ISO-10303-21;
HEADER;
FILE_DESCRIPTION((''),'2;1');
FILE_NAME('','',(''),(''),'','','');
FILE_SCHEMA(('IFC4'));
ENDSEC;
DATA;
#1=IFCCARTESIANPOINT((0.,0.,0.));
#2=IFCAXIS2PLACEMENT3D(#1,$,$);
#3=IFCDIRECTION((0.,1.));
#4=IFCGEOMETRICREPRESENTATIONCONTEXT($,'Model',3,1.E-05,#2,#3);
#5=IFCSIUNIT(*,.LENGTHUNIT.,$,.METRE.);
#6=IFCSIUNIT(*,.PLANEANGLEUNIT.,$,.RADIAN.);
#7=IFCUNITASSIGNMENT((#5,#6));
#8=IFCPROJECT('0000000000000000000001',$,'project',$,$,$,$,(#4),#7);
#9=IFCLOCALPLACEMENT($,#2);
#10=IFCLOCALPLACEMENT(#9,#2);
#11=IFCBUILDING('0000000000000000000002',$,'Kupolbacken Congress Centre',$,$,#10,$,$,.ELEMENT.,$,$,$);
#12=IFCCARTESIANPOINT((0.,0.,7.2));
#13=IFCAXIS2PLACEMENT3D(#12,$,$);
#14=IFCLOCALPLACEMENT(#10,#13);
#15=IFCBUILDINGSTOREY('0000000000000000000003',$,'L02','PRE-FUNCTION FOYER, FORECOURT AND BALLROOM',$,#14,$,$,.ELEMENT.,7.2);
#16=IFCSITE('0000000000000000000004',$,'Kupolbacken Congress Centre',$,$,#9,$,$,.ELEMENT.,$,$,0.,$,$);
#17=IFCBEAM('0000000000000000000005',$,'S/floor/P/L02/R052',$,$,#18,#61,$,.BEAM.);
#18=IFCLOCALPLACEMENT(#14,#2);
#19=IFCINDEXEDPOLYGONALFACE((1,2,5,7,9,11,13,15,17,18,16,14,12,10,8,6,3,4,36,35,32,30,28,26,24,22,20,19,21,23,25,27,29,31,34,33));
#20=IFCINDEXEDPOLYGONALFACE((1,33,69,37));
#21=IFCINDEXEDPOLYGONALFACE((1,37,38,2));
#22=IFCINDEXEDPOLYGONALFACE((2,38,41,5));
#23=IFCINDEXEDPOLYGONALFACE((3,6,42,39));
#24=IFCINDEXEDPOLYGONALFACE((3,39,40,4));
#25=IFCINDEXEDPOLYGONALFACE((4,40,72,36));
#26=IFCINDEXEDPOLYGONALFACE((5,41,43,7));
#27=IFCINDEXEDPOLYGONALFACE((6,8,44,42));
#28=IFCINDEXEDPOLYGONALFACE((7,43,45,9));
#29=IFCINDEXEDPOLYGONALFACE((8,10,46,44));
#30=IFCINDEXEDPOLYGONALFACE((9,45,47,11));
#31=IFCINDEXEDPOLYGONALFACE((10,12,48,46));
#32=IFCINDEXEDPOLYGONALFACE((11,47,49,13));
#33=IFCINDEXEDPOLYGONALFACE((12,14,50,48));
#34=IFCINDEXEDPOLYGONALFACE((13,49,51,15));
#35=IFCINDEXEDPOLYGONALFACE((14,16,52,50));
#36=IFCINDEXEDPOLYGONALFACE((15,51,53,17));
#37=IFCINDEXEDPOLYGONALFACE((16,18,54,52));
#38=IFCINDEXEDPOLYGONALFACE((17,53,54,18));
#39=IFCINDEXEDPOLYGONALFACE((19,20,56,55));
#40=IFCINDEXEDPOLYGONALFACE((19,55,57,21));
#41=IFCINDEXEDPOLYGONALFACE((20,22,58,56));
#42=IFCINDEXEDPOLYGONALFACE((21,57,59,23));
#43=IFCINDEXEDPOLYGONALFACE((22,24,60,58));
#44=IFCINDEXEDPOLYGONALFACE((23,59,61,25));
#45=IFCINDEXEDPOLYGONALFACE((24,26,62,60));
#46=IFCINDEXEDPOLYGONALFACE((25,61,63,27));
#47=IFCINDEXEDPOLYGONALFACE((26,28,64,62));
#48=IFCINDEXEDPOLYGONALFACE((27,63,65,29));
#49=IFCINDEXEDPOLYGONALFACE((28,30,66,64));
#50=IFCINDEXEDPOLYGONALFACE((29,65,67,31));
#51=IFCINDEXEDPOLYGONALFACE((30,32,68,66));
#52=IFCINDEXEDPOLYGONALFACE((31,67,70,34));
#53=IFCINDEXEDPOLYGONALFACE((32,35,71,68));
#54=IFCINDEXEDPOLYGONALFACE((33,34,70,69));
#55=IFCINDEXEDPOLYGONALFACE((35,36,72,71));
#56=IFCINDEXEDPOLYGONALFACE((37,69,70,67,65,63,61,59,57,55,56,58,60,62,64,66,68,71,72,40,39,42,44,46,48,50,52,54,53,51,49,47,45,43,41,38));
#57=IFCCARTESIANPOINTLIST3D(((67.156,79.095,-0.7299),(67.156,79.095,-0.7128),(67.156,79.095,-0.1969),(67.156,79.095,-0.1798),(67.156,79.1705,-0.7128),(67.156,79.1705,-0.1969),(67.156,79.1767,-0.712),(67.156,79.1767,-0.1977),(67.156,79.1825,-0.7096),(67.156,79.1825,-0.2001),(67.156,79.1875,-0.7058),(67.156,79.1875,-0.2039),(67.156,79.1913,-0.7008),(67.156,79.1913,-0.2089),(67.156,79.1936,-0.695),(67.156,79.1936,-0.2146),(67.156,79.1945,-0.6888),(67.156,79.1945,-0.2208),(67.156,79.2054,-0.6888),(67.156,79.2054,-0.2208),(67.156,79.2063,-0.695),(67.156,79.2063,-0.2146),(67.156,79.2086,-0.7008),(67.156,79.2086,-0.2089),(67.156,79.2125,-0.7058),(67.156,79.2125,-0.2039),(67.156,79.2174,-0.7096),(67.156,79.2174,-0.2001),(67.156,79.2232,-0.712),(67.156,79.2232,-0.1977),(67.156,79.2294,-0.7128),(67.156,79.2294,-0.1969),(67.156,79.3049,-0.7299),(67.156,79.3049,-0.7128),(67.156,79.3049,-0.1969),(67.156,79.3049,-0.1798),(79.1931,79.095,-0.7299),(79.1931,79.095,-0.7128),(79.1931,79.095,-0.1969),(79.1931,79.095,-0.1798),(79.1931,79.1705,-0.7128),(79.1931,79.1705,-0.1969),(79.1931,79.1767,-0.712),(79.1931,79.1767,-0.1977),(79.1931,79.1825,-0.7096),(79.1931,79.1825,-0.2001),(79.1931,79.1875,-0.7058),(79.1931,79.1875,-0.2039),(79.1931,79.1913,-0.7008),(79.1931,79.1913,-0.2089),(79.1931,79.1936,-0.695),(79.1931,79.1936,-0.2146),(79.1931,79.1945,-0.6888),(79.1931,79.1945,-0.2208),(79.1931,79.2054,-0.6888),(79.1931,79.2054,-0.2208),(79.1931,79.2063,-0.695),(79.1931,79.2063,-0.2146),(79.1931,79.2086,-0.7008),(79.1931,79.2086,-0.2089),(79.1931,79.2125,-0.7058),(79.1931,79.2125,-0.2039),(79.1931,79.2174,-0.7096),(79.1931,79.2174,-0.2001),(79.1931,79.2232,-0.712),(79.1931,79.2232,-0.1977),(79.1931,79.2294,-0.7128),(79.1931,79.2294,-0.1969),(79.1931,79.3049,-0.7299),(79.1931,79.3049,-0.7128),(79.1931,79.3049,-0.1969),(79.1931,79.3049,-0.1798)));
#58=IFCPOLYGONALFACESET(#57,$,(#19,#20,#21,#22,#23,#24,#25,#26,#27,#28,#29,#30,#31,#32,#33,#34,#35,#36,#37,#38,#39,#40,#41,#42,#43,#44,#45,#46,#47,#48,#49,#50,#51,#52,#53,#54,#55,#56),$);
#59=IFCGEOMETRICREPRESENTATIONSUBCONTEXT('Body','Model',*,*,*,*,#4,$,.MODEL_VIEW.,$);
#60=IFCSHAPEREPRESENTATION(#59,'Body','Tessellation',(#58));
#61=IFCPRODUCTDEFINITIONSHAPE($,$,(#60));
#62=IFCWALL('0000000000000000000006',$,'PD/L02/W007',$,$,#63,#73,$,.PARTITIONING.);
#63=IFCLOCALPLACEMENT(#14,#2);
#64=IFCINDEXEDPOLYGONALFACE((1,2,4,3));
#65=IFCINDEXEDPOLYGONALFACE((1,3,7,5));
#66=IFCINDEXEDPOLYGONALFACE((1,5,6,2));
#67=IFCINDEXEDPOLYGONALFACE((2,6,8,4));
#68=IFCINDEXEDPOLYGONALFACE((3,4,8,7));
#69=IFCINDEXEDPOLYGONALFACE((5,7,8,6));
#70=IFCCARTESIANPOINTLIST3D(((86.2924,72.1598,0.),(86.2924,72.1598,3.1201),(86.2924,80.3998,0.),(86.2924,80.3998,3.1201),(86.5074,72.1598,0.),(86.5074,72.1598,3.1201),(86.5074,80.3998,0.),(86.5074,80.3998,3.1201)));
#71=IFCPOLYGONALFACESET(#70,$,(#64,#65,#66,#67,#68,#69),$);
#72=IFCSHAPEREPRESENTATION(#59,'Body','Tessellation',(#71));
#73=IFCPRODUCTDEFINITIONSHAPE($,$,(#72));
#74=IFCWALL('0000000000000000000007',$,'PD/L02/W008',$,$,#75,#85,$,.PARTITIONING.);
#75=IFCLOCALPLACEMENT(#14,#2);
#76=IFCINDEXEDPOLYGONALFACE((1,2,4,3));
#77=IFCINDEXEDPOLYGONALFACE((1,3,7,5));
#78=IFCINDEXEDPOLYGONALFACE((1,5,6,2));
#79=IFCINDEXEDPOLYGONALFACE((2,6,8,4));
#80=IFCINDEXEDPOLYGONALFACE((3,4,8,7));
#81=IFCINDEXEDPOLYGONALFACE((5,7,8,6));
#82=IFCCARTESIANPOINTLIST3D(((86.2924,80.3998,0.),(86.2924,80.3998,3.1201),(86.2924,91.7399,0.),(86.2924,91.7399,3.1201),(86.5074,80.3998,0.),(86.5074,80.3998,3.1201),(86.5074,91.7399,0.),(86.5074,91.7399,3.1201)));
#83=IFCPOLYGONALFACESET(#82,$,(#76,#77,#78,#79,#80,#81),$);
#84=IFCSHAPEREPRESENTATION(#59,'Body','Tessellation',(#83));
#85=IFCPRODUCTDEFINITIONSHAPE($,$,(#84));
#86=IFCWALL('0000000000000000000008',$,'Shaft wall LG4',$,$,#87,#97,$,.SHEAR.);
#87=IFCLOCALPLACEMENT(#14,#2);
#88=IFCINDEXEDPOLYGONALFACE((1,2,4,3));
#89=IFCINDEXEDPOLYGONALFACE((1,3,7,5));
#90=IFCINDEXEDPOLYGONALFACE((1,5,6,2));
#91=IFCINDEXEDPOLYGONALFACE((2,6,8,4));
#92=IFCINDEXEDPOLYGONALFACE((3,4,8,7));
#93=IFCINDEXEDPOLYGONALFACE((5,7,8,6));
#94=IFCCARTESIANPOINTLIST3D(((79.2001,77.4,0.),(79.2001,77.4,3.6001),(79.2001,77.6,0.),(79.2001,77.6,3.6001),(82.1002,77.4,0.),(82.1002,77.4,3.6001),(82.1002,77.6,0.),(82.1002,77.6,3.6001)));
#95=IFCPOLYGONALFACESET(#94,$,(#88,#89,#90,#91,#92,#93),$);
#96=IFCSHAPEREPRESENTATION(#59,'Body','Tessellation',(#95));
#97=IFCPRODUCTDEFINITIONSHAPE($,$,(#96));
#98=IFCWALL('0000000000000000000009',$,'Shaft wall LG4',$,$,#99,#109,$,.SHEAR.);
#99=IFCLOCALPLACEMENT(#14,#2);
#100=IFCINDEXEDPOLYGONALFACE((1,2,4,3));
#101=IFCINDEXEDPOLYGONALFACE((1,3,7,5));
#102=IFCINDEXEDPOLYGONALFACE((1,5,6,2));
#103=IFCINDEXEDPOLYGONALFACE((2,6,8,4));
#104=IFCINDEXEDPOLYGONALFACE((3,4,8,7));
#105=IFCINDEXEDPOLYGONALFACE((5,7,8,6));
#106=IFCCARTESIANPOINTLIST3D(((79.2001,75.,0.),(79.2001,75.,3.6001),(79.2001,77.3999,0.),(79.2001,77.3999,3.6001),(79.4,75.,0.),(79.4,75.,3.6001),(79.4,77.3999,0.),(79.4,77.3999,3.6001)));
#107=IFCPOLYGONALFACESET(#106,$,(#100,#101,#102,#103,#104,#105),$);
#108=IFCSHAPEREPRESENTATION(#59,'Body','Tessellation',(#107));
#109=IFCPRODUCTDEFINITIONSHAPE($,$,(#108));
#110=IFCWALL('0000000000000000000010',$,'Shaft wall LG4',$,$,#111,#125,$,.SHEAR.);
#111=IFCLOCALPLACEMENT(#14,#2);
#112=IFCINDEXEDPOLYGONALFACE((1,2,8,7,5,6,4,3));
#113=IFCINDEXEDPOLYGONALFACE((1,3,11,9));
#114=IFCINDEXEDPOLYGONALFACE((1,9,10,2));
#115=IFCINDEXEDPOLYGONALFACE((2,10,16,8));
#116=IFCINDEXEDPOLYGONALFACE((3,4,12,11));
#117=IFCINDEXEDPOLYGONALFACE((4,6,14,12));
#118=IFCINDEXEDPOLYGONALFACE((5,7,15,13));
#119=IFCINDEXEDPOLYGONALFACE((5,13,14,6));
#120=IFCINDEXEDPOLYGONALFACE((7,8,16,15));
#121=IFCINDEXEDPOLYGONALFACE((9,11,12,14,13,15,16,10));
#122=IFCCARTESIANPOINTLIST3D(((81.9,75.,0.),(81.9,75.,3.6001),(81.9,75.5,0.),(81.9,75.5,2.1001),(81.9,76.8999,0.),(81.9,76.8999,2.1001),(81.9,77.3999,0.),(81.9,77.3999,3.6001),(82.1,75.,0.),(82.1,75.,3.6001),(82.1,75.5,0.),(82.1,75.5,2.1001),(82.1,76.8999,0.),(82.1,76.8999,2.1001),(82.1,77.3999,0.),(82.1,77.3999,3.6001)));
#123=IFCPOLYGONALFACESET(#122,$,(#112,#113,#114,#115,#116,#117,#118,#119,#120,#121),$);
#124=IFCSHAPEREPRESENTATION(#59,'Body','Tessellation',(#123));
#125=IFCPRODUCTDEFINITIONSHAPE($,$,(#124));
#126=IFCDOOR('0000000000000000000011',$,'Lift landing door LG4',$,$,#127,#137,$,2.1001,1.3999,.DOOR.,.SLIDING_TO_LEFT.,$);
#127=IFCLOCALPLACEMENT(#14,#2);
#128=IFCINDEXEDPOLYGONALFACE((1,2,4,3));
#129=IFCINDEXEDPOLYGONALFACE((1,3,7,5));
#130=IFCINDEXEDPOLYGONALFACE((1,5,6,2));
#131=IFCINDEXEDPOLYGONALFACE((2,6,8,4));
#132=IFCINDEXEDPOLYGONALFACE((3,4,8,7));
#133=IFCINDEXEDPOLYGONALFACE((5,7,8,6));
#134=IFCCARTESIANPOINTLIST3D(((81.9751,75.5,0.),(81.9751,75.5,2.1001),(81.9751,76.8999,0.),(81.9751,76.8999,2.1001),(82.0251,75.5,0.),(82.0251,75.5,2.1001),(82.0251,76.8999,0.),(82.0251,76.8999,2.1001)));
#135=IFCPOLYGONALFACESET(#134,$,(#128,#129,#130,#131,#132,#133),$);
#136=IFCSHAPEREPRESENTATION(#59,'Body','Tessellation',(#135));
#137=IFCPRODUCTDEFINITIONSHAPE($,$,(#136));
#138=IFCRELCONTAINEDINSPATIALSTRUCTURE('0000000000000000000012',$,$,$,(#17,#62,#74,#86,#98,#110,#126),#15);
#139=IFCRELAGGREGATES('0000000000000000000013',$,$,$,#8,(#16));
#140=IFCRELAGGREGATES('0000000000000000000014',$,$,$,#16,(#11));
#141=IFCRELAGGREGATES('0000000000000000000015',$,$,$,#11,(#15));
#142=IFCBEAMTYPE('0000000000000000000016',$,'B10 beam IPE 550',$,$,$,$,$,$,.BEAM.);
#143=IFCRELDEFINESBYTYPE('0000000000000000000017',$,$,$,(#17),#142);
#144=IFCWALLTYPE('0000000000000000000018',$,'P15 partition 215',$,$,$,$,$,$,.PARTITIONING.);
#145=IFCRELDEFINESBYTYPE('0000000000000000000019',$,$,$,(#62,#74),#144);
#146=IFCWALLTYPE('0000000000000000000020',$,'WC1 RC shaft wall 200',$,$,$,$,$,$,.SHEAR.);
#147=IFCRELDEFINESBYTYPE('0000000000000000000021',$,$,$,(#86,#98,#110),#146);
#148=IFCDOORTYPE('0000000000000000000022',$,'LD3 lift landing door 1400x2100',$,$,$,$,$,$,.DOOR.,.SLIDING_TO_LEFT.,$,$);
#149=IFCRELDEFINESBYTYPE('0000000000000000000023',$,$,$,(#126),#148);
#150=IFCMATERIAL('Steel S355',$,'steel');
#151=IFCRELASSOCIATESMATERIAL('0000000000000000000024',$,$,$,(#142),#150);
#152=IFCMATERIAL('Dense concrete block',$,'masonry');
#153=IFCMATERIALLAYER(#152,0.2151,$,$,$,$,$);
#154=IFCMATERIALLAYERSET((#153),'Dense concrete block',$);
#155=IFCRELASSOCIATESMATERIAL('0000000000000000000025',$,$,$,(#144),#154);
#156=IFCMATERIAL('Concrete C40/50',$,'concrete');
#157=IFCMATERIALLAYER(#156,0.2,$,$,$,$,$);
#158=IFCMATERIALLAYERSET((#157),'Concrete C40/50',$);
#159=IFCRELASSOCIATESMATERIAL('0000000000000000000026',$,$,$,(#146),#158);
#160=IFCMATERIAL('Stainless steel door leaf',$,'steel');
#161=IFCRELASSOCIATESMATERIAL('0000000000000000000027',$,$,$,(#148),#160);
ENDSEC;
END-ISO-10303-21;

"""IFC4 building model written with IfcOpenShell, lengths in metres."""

from ifc_helpers import new_model, si_unit, direction, frame, frame_2d, origin, origin_2d, place, context, subcontext, project, spatial, rectangle, i_section, extrude, material, layer, layer_set, material_profile, profile_set, type_object, element, fill, save


model = new_model("IFC4")

# Units and contexts
model_context = context("Model", 3, precision=1e-05, world=origin(), true_north=direction((0.0, 1.0)))
body_context = subcontext(model_context, "Body", "Model", "MODEL_VIEW")
ifc_project = project(units=[si_unit("LENGTHUNIT", "METRE"), si_unit("PLANEANGLEUNIT", "RADIAN")], contexts=[model_context])

# Site, building, storey
site_placement = place(None, origin())
site = spatial("IfcSite", under=ifc_project, at=site_placement, Name="Kupolbacken Congress Centre", CompositionType="ELEMENT", RefElevation=0.0)
building_placement = place(site_placement, origin())
building = spatial("IfcBuilding", under=site, at=building_placement, Name="Kupolbacken Congress Centre", CompositionType="ELEMENT")
storey_placement = place(building_placement, frame((0.0, 0.0, 7.2)))
storey = spatial("IfcBuildingStorey", under=building, at=storey_placement, Name="L02", Description="PRE-FUNCTION FOYER, FORECOURT AND BALLROOM", CompositionType="ELEMENT", Elevation=7.2)

# Beam
ifc_material_1 = material(Name="Steel S355", Category="steel")
ifc_material_profile_1 = material_profile(ifc_material_1, i_section(OverallWidth=0.21, OverallDepth=0.55, WebThickness=0.011, FlangeThickness=0.0171, FilletRadius=0.0239, at=origin_2d()), Name="IPE 550")
ifc_profile_set_1 = profile_set([ifc_material_profile_1], Name="Steel S355")
beam_type_1 = type_object("IfcBeamType", Name="B10 beam IPE 550", PredefinedType="BEAM", material=ifc_profile_set_1)
beam_1_placement = place(storey_placement, frame((67.156, 79.2, -0.4548), z_axis=(1.0, 0.0, 0.0), x_axis=(0.0, 1.0, 0.0)))
element("IfcBeam", 1, at=beam_1_placement, inside=storey, type_object=beam_type_1, Name="S/floor/P/L02/R052", PredefinedType="BEAM", context=body_context, shape_type="SweptSolid", body=[
    extrude(i_section(OverallWidth=0.21, OverallDepth=0.55, WebThickness=0.011, FlangeThickness=0.0171, FilletRadius=0.0239, at=origin_2d()), origin(), (0.0, 0.0, 1.0), 12.0371),
])

# Walls
ifc_material_2 = material(Name="Dense concrete block", Category="masonry")
ifc_layer_1 = layer(ifc_material_2, 0.2151)
ifc_layer_set_1 = layer_set([ifc_layer_1], Name="Dense concrete block")
wall_type_1 = type_object("IfcWallType", Name="P15 partition 215", PredefinedType="PARTITIONING", material=ifc_layer_set_1)
wall_1_placement = place(storey_placement, frame((86.3999, 80.3999, 0.0), z_axis=(0.0, 0.0, 1.0), x_axis=(0.0, -1.0, 0.0)))
element("IfcWall", 2, at=wall_1_placement, inside=storey, type_object=wall_type_1, Name="PD/L02/W007", PredefinedType="PARTITIONING", context=body_context, shape_type="SweptSolid", body=[
    extrude(rectangle(XDim=8.24, YDim=0.2151, at=frame_2d((4.1201, 0.0))), origin(), (0.0, 0.0, 1.0), 3.1201),
])
wall_2_placement = place(storey_placement, frame((86.3999, 80.3999, 0.0), z_axis=(0.0, 0.0, 1.0), x_axis=(0.0, 1.0, 0.0)))
element("IfcWall", 3, at=wall_2_placement, inside=storey, type_object=wall_type_1, Name="PD/L02/W008", PredefinedType="PARTITIONING", context=body_context, shape_type="SweptSolid", body=[
    extrude(rectangle(XDim=11.3401, YDim=0.2151, at=frame_2d((5.6699, 0.0))), origin(), (0.0, 0.0, 1.0), 3.1201),
])
ifc_material_3 = material(Name="Concrete C40/50", Category="concrete")
ifc_layer_2 = layer(ifc_material_3, 0.2)
ifc_layer_set_2 = layer_set([ifc_layer_2], Name="Concrete C40/50")
wall_type_2 = type_object("IfcWallType", Name="WC1 RC shaft wall 200", PredefinedType="SHEAR", material=ifc_layer_set_2)
wall_3_placement = place(storey_placement, frame((79.2, 77.5, 0.0), z_axis=(0.0, 0.0, 1.0), x_axis=(1.0, 0.0, 0.0)))
element("IfcWall", 4, at=wall_3_placement, inside=storey, type_object=wall_type_2, Name="Shaft wall LG4", PredefinedType="SHEAR", context=body_context, shape_type="SweptSolid", body=[
    extrude(rectangle(XDim=2.9001, YDim=0.2, at=frame_2d((1.4502, 0.0))), origin(), (0.0, 0.0, 1.0), 3.6001),
])
wall_4_placement = place(storey_placement, frame((79.3, 75.0, 0.0), z_axis=(0.0, 0.0, 1.0), x_axis=(0.0, 1.0, 0.0)))
element("IfcWall", 5, at=wall_4_placement, inside=storey, type_object=wall_type_2, Name="Shaft wall LG4", PredefinedType="SHEAR", context=body_context, shape_type="SweptSolid", body=[
    extrude(rectangle(XDim=2.3999, YDim=0.2, at=frame_2d((1.2, 0.0))), origin(), (0.0, 0.0, 1.0), 3.6001),
])

# Wall, opening, door
wall_5_placement = place(storey_placement, frame((82.0, 75.0, 0.0), z_axis=(0.0, 0.0, 1.0), x_axis=(0.0, 1.0, 0.0)))
wall_5 = element("IfcWall", 6, at=wall_5_placement, inside=storey, type_object=wall_type_2, Name="Shaft wall LG4", PredefinedType="SHEAR", context=body_context, shape_type="SweptSolid", body=[
    extrude(rectangle(XDim=2.3999, YDim=0.2, at=frame_2d((1.2, 0.0))), origin(), (0.0, 0.0, 1.0), 3.6001),
])
opening_1_placement = place(wall_5_placement, frame((0.5, 0.0, 0.0)))
opening_1 = element("IfcOpeningElement", 7, at=opening_1_placement, cuts=wall_5, PredefinedType="OPENING", context=body_context, shape_type="SweptSolid", body=[
    extrude(rectangle(XDim=1.3999, YDim=2.1001, at=frame_2d((0.7, 1.05))), frame((0.0, 0.1099, 0.0), z_axis=(0.0, -1.0, 0.0), x_axis=(1.0, 0.0, 0.0)), (0.0, 0.0, 1.0), 0.22),
])
ifc_material_4 = material(Name="Stainless steel door leaf", Category="steel")
door_type_1 = type_object("IfcDoorType", Name="LD3 lift landing door 1400x2100", OperationType="SLIDING_TO_LEFT", PredefinedType="DOOR", material=ifc_material_4)
door_1_placement = place(opening_1_placement, origin())
door_1 = element("IfcDoor", 8, at=door_1_placement, inside=storey, type_object=door_type_1, Name="Lift landing door LG4", OperationType="SLIDING_TO_LEFT", OverallHeight=2.1001, OverallWidth=1.3999, PredefinedType="DOOR", context=body_context, shape_type="SweptSolid", body=[
    extrude(rectangle(XDim=1.3999, YDim=2.1001, at=frame_2d((0.7, 1.05))), frame((0.0, 0.0249, 0.0), z_axis=(0.0, -1.0, 0.0), x_axis=(1.0, 0.0, 0.0)), (0.0, 0.0, 1.0), 0.05),
])
fill(opening_1, door_1)

save(model, "model.ifc")
